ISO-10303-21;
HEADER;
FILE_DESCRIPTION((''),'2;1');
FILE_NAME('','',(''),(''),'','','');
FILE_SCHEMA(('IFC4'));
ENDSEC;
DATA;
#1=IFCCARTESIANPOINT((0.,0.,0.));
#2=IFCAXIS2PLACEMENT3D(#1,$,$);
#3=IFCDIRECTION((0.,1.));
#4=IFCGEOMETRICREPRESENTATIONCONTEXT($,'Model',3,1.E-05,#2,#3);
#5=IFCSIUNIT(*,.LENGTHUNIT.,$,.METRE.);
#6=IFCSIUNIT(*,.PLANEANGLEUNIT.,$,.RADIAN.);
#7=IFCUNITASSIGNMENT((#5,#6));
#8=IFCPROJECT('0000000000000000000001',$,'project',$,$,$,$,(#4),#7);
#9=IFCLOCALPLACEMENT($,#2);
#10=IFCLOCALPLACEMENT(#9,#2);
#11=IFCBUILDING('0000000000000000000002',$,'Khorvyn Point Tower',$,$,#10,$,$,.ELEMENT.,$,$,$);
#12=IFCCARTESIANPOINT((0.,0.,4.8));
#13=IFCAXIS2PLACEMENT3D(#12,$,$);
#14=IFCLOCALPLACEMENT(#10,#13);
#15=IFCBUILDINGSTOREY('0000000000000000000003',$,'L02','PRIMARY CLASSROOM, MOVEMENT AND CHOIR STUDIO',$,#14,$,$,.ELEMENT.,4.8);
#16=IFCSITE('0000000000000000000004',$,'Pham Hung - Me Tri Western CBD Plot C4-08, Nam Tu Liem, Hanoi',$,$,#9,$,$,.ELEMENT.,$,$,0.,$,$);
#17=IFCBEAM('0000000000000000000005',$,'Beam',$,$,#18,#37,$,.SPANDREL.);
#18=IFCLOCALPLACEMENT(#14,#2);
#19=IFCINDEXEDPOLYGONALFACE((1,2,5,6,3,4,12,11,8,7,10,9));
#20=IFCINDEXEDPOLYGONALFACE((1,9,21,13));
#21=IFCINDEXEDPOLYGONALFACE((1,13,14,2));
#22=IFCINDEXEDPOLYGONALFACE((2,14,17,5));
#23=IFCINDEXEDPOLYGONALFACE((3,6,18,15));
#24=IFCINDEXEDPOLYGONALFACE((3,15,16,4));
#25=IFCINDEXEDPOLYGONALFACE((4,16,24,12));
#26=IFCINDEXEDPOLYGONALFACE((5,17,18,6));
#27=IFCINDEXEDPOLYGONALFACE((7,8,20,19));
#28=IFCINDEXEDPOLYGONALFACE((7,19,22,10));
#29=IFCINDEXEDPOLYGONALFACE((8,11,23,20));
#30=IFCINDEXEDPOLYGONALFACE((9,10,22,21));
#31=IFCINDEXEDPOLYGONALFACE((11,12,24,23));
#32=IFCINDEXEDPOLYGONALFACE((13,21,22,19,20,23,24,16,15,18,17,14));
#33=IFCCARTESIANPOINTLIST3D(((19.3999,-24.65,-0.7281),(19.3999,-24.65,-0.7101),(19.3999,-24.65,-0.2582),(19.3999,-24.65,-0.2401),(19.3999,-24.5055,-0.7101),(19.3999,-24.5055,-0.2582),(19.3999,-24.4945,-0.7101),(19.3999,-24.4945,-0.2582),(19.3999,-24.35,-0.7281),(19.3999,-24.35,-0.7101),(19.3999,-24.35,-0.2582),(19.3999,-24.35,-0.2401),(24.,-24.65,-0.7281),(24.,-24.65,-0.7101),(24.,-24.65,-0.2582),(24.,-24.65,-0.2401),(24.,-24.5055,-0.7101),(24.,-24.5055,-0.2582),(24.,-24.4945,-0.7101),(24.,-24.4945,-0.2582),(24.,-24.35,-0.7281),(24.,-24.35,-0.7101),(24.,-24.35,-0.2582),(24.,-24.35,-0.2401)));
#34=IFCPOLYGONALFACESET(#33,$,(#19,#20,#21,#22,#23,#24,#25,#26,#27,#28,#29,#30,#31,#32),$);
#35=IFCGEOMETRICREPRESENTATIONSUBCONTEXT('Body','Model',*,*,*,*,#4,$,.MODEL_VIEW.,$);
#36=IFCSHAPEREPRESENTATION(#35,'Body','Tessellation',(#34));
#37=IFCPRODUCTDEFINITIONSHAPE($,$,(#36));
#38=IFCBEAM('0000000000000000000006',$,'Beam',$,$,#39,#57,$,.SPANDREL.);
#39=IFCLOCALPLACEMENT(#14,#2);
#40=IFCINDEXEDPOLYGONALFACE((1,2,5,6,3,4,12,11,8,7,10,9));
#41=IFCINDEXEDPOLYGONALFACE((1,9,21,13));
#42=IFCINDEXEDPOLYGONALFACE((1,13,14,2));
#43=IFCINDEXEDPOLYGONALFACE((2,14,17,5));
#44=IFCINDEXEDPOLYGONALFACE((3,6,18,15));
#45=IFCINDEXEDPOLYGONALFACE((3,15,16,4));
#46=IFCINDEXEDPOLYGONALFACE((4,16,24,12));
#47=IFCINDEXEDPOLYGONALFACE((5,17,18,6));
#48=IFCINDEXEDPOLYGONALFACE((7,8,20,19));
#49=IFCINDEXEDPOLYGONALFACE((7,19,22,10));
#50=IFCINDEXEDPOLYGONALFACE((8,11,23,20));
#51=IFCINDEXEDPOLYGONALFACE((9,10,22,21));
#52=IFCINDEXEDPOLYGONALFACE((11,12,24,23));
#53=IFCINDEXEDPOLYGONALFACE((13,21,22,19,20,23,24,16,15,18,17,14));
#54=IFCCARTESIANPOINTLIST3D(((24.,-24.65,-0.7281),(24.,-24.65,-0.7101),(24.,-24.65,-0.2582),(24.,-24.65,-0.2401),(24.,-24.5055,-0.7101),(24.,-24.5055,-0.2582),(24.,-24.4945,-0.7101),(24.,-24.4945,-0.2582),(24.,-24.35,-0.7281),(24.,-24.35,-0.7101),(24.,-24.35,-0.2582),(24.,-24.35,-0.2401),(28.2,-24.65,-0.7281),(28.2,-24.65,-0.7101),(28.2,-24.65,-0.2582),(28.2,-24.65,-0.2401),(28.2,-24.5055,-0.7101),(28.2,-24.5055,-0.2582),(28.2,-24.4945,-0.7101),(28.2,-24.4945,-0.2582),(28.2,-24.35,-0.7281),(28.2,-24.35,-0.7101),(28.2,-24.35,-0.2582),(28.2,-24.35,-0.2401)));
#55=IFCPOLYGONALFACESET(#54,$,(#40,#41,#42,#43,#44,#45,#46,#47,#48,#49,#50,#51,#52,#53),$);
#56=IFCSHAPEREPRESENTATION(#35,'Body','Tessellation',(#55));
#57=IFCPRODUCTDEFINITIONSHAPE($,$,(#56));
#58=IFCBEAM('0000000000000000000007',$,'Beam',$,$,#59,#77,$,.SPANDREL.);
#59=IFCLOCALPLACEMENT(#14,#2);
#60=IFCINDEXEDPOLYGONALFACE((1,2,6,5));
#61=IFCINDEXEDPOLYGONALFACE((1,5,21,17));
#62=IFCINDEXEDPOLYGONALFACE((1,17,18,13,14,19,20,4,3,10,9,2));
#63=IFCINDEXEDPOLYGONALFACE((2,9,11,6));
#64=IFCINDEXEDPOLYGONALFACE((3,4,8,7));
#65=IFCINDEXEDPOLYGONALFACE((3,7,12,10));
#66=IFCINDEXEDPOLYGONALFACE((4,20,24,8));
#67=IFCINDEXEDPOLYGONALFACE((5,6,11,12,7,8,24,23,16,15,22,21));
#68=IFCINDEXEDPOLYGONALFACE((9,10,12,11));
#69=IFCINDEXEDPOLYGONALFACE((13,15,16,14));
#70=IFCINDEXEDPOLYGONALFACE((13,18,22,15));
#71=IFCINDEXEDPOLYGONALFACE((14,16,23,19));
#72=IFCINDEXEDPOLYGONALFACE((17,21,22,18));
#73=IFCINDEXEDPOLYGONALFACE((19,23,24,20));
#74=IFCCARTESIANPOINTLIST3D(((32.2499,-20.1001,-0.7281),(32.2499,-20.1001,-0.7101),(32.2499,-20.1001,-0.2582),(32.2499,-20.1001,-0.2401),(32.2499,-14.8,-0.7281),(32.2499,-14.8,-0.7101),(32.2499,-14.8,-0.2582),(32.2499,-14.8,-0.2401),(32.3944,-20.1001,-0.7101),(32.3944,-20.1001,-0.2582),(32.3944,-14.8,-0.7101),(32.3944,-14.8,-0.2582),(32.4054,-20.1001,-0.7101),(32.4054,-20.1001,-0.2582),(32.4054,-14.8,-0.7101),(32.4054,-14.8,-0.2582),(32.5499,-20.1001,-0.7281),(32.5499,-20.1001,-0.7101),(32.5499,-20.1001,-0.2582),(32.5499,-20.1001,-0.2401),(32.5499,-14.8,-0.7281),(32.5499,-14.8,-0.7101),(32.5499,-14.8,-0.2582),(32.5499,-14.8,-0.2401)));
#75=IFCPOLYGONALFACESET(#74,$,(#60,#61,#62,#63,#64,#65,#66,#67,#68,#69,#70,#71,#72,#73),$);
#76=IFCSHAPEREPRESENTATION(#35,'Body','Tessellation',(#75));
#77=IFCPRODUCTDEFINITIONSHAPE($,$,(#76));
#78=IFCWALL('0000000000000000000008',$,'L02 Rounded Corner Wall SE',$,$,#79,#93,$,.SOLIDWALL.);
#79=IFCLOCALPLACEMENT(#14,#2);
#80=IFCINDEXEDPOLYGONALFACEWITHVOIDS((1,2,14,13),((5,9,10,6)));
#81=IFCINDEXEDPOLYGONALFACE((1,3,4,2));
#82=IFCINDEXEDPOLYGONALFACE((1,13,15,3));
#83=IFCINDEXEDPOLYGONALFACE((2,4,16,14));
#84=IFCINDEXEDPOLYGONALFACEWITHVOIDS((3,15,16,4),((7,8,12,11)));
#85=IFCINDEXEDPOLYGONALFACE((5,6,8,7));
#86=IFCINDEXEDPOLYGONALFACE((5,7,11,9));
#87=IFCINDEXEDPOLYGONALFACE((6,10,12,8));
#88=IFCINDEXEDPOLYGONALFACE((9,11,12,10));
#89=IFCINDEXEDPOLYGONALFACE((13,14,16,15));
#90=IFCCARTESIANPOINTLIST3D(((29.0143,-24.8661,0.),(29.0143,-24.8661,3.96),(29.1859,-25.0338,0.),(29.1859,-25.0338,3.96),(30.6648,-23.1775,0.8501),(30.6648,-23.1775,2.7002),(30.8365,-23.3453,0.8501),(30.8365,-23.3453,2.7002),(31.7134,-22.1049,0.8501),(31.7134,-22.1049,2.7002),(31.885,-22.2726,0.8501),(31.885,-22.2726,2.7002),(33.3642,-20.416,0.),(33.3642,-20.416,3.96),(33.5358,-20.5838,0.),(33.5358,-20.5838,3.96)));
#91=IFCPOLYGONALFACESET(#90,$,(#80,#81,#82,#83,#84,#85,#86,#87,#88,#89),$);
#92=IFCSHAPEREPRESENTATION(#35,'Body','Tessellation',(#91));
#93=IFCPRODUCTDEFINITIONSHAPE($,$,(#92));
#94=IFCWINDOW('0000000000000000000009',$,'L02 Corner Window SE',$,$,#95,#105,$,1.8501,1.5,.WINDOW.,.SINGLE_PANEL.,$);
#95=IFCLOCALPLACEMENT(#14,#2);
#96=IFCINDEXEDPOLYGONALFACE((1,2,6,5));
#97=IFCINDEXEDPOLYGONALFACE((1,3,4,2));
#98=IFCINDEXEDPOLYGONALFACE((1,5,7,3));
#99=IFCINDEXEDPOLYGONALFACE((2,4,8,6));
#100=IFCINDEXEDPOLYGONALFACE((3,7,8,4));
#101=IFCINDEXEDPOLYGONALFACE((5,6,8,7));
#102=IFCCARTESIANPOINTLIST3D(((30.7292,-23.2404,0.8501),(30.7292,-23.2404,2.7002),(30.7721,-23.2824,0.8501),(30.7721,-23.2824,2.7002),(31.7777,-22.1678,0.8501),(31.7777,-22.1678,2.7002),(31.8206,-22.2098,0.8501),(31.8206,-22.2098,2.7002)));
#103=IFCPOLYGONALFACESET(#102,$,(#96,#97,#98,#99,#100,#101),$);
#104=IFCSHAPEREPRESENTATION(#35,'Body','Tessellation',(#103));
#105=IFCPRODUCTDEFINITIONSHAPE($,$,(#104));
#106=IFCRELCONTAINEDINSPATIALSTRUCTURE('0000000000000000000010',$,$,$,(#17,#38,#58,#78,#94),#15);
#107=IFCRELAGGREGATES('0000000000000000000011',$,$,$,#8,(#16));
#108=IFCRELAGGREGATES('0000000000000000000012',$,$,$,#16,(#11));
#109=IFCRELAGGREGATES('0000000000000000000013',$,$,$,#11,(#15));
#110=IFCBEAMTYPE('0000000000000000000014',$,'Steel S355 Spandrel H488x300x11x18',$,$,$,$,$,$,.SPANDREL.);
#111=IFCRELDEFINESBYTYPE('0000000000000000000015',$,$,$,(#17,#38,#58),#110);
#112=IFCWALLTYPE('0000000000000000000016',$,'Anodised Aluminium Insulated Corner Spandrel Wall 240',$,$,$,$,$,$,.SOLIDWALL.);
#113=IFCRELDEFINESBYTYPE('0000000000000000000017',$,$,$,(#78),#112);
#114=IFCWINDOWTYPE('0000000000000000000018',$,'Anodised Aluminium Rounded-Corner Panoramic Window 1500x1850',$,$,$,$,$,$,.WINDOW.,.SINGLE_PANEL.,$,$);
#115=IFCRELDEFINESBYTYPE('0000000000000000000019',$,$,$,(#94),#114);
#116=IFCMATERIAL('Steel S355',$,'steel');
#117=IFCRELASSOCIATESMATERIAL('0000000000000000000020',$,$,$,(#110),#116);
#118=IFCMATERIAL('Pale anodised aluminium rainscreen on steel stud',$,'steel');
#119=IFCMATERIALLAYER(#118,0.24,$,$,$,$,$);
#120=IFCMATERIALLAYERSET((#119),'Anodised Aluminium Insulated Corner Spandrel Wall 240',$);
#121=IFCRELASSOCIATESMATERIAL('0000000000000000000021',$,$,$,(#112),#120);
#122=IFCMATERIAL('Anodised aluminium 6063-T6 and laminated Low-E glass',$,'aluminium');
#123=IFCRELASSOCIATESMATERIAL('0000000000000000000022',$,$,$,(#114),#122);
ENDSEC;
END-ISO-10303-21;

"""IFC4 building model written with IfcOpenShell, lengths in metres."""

from ifc_helpers import new_model, si_unit, direction, frame, frame_2d, origin, origin_2d, place, context, subcontext, project, spatial, rectangle, i_section, extrude, material, layer, layer_set, material_profile, profile_set, type_object, element, fill, save


model = new_model("IFC4")

# Units and contexts
model_context = context("Model", 3, precision=1e-05, world=origin(), true_north=direction((0.0, 1.0)))
body_context = subcontext(model_context, "Body", "Model", "MODEL_VIEW")
ifc_project = project(units=[si_unit("LENGTHUNIT", "METRE"), si_unit("PLANEANGLEUNIT", "RADIAN")], contexts=[model_context])

# Site, building, storey
site_placement = place(None, origin())
site = spatial("IfcSite", under=ifc_project, at=site_placement, Name="Pham Hung - Me Tri Western CBD Plot C4-08, Nam Tu Liem, Hanoi", CompositionType="ELEMENT", RefElevation=0.0)
building_placement = place(site_placement, origin())
building = spatial("IfcBuilding", under=site, at=building_placement, Name="Khorvyn Point Tower", CompositionType="ELEMENT")
storey_placement = place(building_placement, frame((0.0, 0.0, 4.8)))
storey = spatial("IfcBuildingStorey", under=building, at=storey_placement, Name="L02", Description="PRIMARY CLASSROOM, MOVEMENT AND CHOIR STUDIO", CompositionType="ELEMENT", Elevation=4.8)

# Beams
ifc_material_1 = material(Name="Steel S355", Category="steel")
ifc_material_profile_1 = material_profile(ifc_material_1, i_section(OverallWidth=0.3, OverallDepth=0.488, WebThickness=0.011, FlangeThickness=0.0181, at=origin_2d()))
ifc_profile_set_1 = profile_set([ifc_material_profile_1], Name="Steel S355 H488x300x11x18")
beam_type_1 = type_object("IfcBeamType", Name="Steel S355 Spandrel H488x300x11x18", PredefinedType="SPANDREL", material=ifc_profile_set_1)
beam_1_placement = place(storey_placement, frame((19.3999, -24.5, -0.4841), z_axis=(1.0, 0.0, 0.0), x_axis=(0.0, 1.0, 0.0)))
element("IfcBeam", 1, at=beam_1_placement, inside=storey, type_object=beam_type_1, Name="Beam", PredefinedType="SPANDREL", context=body_context, shape_type="SweptSolid", body=[
    extrude(i_section(OverallWidth=0.3, OverallDepth=0.488, WebThickness=0.011, FlangeThickness=0.0181, at=origin_2d()), origin(), (0.0, 0.0, 1.0), 4.6001),
])
beam_2_placement = place(storey_placement, frame((24.0, -24.5, -0.4841), z_axis=(1.0, 0.0, 0.0), x_axis=(0.0, 1.0, 0.0)))
element("IfcBeam", 2, at=beam_2_placement, inside=storey, type_object=beam_type_1, Name="Beam", PredefinedType="SPANDREL", context=body_context, shape_type="SweptSolid", body=[
    extrude(i_section(OverallWidth=0.3, OverallDepth=0.488, WebThickness=0.011, FlangeThickness=0.0181, at=origin_2d()), origin(), (0.0, 0.0, 1.0), 4.2),
])
beam_3_placement = place(storey_placement, frame((32.3999, -20.1001, -0.4841), z_axis=(0.0, 1.0, 0.0), x_axis=(-1.0, 0.0, 0.0)))
element("IfcBeam", 3, at=beam_3_placement, inside=storey, type_object=beam_type_1, Name="Beam", PredefinedType="SPANDREL", context=body_context, shape_type="SweptSolid", body=[
    extrude(i_section(OverallWidth=0.3, OverallDepth=0.488, WebThickness=0.011, FlangeThickness=0.0181, at=origin_2d()), origin(), (0.0, 0.0, 1.0), 5.3),
])

# Wall, opening, window
ifc_material_2 = material(Name="Pale anodised aluminium rainscreen on steel stud", Category="steel")
ifc_layer_1 = layer(ifc_material_2, 0.24)
ifc_layer_set_1 = layer_set([ifc_layer_1], Name="Anodised Aluminium Insulated Corner Spandrel Wall 240")
wall_type_1 = type_object("IfcWallType", Name="Anodised Aluminium Insulated Corner Spandrel Wall 240", PredefinedType="SOLIDWALL", material=ifc_layer_set_1)
wall_1_placement = place(storey_placement, frame((33.45, -20.5, 0.0), z_axis=(0.0, 0.0, 1.0), x_axis=(-0.699018, -0.715104, 0.0)))
wall_1 = element("IfcWall", 4, at=wall_1_placement, inside=storey, type_object=wall_type_1, Name="L02 Rounded Corner Wall SE", PredefinedType="SOLIDWALL", context=body_context, shape_type="SweptSolid", body=[
    extrude(rectangle(XDim=6.2229, YDim=0.24, at=frame_2d((3.1113, 0.0))), origin(), (0.0, 0.0, 1.0), 3.96),
])
opening_1_placement = place(wall_1_placement, frame((2.3616, 0.0, 0.8501)))
opening_1 = element("IfcOpeningElement", 5, at=opening_1_placement, cuts=wall_1, PredefinedType="OPENING", context=body_context, shape_type="SweptSolid", body=[
    extrude(rectangle(XDim=1.5, YDim=1.8501, at=frame_2d((0.75, 0.925))), frame((0.0, 0.1299, 0.0), z_axis=(0.0, -1.0, 0.0), x_axis=(1.0, 0.0, 0.0)), (0.0, 0.0, 1.0), 0.26),
])
ifc_material_3 = material(Name="Anodised aluminium 6063-T6 and laminated Low-E glass", Category="aluminium")
window_type_1 = type_object("IfcWindowType", Name="Anodised Aluminium Rounded-Corner Panoramic Window 1500x1850", PartitioningType="SINGLE_PANEL", PredefinedType="WINDOW", material=ifc_material_3)
window_1_placement = place(opening_1_placement, origin())
window_1 = element("IfcWindow", 6, at=window_1_placement, inside=storey, type_object=window_type_1, Name="L02 Corner Window SE", OverallHeight=1.8501, OverallWidth=1.5, PartitioningType="SINGLE_PANEL", PredefinedType="WINDOW", context=body_context, shape_type="SweptSolid", body=[
    extrude(rectangle(XDim=1.5, YDim=1.8501, at=frame_2d((0.75, 0.925))), frame((0.0, 0.03, 0.0), z_axis=(0.0, -1.0, 0.0), x_axis=(1.0, 0.0, 0.0)), (0.0, 0.0, 1.0), 0.0601),
])
fill(opening_1, window_1)

save(model, "model.ifc")
